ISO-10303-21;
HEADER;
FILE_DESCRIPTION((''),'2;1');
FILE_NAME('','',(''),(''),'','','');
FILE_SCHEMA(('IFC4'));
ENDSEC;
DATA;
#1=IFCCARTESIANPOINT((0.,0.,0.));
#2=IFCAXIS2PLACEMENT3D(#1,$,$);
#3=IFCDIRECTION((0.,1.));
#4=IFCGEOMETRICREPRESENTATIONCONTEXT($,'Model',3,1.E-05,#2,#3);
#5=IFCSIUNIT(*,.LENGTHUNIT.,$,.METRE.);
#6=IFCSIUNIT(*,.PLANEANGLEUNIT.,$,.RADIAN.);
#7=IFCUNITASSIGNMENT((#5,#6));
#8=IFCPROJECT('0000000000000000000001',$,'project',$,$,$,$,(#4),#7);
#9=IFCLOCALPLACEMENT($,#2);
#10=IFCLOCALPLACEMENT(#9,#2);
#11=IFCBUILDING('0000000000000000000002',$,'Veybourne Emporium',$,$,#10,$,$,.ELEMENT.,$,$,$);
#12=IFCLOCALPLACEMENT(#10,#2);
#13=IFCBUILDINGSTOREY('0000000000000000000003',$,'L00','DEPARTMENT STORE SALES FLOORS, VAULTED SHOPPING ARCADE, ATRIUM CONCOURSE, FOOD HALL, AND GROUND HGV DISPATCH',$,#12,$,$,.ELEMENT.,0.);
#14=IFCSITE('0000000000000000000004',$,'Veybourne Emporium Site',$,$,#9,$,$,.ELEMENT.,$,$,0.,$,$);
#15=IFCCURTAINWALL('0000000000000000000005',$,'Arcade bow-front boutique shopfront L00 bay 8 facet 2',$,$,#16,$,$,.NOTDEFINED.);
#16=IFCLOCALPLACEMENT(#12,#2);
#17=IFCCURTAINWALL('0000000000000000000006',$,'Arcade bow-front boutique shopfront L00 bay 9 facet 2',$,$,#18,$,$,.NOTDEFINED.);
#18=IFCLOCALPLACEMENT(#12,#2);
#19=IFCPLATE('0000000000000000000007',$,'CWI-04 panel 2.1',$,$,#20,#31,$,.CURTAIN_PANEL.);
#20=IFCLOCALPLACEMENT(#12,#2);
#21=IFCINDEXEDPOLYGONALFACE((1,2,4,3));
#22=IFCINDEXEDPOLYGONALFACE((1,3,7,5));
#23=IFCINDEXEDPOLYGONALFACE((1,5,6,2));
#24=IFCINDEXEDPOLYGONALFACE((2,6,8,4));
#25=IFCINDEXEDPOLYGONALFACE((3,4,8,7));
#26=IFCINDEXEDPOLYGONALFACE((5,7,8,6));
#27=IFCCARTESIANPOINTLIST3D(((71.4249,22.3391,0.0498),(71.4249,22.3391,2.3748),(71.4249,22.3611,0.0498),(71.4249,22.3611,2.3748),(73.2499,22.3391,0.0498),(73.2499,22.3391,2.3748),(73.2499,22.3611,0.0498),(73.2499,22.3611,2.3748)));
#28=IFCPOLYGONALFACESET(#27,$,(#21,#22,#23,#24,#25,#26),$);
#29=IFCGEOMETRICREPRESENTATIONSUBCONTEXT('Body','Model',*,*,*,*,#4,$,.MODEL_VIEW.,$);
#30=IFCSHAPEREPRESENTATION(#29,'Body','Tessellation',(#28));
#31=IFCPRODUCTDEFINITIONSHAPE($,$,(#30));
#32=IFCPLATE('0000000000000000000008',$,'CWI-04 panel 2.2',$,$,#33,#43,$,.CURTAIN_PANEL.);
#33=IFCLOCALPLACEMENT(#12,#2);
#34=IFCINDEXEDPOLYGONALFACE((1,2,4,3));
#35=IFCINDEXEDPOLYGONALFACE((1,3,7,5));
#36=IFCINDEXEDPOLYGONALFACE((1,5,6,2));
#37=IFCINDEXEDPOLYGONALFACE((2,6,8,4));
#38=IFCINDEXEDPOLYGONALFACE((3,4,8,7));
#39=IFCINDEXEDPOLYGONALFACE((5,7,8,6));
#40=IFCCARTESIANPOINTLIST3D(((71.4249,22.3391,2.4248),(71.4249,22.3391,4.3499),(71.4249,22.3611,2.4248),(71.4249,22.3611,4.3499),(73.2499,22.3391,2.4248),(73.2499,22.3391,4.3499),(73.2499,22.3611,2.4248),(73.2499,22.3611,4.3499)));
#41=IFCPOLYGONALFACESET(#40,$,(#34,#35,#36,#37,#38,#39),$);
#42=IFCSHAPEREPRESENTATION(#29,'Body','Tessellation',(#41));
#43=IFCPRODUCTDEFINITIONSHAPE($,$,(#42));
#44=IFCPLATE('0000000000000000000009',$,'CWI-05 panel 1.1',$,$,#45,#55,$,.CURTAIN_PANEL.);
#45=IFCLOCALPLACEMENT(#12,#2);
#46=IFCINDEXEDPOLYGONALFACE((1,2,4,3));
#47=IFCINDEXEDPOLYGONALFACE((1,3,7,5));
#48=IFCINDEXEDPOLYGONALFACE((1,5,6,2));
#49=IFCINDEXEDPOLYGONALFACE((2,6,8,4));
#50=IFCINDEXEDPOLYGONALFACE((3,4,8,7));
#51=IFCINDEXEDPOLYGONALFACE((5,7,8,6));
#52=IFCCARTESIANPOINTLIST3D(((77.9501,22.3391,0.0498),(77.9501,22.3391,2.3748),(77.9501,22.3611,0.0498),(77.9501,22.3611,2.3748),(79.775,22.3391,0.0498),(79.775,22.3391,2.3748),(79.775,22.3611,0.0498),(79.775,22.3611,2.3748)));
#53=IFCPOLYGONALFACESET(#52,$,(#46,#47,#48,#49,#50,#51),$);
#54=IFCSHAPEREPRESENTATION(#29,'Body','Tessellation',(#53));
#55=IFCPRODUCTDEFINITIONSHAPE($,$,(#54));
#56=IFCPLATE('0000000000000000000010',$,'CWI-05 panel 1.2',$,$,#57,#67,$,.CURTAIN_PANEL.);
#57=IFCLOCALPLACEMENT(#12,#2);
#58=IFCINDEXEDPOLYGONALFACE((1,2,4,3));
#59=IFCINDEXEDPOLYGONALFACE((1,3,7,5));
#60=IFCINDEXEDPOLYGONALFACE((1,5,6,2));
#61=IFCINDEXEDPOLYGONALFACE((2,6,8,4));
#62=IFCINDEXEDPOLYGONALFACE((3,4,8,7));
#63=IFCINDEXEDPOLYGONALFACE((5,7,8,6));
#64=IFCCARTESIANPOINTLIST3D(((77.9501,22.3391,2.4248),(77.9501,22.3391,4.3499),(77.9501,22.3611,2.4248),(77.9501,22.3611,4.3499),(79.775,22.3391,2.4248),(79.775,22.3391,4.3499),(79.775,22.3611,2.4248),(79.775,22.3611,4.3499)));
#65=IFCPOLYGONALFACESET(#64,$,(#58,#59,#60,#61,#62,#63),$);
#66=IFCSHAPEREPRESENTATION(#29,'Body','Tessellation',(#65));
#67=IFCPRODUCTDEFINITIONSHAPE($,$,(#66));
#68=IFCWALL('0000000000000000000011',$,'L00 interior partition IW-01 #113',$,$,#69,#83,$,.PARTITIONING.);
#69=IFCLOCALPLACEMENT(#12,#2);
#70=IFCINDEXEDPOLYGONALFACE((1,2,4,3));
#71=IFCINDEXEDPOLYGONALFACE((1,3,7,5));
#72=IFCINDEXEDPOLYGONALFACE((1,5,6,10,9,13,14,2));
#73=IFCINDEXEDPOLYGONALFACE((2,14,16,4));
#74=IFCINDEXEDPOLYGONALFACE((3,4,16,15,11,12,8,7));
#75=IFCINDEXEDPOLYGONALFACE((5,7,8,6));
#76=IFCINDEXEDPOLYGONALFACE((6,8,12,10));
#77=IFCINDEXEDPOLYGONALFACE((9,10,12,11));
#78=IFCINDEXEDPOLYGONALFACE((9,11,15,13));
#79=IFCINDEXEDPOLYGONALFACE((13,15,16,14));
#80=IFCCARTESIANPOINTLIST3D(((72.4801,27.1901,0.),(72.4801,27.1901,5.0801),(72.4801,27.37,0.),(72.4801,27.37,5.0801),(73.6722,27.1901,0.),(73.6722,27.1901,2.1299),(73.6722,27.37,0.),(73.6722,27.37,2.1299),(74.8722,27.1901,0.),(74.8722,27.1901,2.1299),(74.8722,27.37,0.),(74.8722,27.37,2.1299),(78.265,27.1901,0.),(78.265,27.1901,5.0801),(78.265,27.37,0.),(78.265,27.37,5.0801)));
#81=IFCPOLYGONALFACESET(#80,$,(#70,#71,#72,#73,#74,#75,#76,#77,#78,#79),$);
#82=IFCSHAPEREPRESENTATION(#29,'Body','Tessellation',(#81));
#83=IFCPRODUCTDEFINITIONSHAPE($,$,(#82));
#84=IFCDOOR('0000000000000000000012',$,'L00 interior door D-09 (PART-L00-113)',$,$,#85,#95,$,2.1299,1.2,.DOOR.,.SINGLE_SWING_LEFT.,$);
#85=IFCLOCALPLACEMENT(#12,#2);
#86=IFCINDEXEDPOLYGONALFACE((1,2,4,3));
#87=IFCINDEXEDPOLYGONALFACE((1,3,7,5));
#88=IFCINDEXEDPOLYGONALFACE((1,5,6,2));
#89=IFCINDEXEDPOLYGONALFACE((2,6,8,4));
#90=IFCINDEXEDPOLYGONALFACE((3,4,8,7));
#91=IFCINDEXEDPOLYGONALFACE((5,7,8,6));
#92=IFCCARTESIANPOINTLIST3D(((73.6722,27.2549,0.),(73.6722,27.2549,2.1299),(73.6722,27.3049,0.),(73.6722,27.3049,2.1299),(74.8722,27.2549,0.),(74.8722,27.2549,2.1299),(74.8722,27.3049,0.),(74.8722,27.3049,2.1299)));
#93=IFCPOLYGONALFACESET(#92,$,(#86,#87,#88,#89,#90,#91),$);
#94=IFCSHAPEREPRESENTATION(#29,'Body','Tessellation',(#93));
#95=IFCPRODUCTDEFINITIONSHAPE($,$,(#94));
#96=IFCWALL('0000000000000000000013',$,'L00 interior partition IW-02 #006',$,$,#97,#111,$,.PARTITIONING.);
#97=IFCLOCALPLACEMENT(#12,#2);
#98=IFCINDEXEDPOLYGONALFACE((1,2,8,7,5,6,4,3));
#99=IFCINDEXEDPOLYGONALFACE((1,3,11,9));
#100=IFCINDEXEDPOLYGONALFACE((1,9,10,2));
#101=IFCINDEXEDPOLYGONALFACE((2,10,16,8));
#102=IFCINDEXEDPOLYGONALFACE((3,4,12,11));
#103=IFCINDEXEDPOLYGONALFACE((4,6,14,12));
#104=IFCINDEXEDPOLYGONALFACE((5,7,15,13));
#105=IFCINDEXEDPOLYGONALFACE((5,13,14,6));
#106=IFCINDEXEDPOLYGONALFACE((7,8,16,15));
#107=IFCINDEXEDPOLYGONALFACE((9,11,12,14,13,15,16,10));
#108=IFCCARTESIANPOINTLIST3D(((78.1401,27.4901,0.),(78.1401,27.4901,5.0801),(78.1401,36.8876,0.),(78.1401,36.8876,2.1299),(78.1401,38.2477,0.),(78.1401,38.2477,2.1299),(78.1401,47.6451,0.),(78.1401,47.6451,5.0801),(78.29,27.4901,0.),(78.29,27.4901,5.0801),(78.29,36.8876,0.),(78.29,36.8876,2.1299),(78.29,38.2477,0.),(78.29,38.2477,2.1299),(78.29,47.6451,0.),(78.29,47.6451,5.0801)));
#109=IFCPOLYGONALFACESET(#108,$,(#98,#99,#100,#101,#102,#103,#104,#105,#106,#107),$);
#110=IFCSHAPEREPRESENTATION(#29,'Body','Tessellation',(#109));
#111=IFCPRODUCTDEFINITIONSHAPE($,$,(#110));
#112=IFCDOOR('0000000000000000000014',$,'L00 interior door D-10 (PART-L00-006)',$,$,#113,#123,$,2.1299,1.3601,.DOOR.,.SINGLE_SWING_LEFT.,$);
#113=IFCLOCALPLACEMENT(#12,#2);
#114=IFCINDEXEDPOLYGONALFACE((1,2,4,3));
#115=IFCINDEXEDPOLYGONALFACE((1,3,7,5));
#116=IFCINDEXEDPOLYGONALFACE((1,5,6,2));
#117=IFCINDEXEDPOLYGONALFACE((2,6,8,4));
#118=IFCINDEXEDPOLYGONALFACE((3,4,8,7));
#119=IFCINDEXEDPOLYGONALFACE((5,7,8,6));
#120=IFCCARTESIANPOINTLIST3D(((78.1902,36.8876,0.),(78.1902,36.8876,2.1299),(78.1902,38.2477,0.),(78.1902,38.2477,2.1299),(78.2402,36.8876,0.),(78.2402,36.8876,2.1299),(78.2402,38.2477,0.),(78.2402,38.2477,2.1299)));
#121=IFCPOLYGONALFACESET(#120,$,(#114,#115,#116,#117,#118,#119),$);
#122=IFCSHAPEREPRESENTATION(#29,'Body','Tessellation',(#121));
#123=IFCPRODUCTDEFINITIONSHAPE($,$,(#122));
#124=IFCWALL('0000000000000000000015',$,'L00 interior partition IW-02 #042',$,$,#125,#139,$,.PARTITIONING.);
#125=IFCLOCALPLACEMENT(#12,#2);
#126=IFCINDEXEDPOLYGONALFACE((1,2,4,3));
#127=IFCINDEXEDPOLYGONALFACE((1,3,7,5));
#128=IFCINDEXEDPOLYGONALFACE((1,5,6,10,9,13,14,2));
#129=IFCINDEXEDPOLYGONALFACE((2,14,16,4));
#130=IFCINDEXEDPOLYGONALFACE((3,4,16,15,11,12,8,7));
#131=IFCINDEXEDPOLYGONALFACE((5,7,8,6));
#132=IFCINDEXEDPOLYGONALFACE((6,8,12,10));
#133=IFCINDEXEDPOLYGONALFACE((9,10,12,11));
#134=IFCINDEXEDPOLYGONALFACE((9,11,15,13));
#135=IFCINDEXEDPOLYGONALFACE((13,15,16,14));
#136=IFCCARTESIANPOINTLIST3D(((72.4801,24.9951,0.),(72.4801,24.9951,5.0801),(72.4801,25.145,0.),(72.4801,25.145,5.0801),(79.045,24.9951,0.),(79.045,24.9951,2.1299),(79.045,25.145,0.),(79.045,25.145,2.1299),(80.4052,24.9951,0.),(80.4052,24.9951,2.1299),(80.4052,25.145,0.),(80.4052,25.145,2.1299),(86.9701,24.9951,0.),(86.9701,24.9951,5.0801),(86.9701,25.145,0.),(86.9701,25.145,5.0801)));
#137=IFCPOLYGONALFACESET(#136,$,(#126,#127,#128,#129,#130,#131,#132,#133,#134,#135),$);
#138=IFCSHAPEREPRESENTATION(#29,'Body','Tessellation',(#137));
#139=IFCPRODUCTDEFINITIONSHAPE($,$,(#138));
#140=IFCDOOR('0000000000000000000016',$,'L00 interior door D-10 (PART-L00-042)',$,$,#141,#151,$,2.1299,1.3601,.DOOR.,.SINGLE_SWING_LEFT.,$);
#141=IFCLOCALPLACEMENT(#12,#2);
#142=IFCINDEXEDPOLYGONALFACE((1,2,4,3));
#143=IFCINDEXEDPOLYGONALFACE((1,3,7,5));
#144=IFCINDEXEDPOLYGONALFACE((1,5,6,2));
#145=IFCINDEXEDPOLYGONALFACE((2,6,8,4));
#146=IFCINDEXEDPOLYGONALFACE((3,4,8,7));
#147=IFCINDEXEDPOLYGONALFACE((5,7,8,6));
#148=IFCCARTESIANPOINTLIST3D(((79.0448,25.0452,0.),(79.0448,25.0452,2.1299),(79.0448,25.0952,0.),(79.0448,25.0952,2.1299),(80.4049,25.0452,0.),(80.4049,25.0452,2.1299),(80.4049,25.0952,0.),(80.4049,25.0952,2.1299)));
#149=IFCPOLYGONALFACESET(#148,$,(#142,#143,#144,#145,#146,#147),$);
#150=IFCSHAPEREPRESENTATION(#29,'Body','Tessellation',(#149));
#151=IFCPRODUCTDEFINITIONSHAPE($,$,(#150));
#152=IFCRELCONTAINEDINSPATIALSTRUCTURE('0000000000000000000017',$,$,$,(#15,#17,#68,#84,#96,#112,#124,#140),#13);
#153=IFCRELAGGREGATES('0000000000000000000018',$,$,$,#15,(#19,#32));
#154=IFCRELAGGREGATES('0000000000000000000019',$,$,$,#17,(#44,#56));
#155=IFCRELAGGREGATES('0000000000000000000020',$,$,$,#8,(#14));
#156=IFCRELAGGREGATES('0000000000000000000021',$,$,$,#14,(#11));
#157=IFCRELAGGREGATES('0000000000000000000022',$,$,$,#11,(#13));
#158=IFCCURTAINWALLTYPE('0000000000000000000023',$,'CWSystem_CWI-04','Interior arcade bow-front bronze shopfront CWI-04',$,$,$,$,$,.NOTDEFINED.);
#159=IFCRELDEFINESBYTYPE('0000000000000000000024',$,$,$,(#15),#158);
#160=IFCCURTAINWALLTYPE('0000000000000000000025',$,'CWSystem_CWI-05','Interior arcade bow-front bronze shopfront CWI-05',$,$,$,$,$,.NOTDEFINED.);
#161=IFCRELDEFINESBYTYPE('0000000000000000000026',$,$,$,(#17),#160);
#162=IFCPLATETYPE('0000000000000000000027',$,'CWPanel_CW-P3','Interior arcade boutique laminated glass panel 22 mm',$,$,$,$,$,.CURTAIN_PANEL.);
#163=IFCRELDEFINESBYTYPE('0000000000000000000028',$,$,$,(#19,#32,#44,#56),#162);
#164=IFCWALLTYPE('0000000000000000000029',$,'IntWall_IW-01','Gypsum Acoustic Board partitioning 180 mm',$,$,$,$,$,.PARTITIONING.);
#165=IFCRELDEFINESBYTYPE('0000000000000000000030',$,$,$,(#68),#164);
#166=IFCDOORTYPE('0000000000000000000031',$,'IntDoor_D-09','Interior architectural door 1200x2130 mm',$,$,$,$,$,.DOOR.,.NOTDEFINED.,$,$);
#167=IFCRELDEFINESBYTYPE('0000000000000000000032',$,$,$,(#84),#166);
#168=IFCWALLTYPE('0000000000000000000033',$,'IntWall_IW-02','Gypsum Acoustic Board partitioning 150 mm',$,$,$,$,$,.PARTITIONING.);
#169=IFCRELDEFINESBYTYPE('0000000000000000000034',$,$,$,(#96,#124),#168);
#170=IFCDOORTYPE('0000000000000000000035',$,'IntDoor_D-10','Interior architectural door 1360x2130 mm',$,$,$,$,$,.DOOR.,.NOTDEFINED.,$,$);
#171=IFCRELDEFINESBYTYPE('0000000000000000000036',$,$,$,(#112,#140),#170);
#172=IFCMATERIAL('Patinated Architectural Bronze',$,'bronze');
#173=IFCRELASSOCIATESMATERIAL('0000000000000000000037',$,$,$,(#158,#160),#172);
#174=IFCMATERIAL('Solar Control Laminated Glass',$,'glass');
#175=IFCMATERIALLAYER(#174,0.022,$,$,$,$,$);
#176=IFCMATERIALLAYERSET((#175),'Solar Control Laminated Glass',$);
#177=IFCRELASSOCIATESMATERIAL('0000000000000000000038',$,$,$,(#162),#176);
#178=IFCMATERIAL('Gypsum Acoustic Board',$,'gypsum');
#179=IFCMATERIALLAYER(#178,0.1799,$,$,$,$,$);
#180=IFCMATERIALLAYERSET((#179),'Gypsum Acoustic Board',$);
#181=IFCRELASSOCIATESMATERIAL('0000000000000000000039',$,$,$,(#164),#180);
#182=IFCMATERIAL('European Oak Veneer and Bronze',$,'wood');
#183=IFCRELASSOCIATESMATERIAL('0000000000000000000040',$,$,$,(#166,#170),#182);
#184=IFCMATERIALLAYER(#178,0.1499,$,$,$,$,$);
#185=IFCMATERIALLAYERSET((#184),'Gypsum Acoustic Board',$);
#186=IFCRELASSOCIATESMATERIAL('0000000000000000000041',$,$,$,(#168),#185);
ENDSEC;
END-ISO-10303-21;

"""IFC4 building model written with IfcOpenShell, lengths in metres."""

from ifc_helpers import new_model, si_unit, direction, frame, frame_2d, origin, origin_2d, place, context, subcontext, project, spatial, rectangle, extrude, material, layer, layer_set, type_object, element, fill, aggregate, save


model = new_model("IFC4")

# Units and contexts
model_context = context("Model", 3, precision=1e-05, world=origin(), true_north=direction((0.0, 1.0)))
body_context = subcontext(model_context, "Body", "Model", "MODEL_VIEW")
ifc_project = project(units=[si_unit("LENGTHUNIT", "METRE"), si_unit("PLANEANGLEUNIT", "RADIAN")], contexts=[model_context])

# Site, building, storey
site_placement = place(None, origin())
site = spatial("IfcSite", under=ifc_project, at=site_placement, Name="Veybourne Emporium Site", CompositionType="ELEMENT", RefElevation=0.0)
building_placement = place(site_placement, origin())
building = spatial("IfcBuilding", under=site, at=building_placement, Name="Veybourne Emporium", CompositionType="ELEMENT")
storey_placement = place(building_placement, origin())
storey = spatial("IfcBuildingStorey", under=building, at=storey_placement, Name="L00", Description="DEPARTMENT STORE SALES FLOORS, VAULTED SHOPPING ARCADE, ATRIUM CONCOURSE, FOOD HALL, AND GROUND HGV DISPATCH", CompositionType="ELEMENT", Elevation=0.0)

# Curtain walls
ifc_material_1 = material(Name="Patinated Architectural Bronze", Category="bronze")
curtain_wall_type_1 = type_object("IfcCurtainWallType", Name="CWSystem_CWI-04", Description="Interior arcade bow-front bronze shopfront CWI-04", PredefinedType="NOTDEFINED", material=ifc_material_1)
curtain_wall_1_placement = place(storey_placement, origin())
curtain_wall_1 = element("IfcCurtainWall", 1, at=curtain_wall_1_placement, inside=storey, type_object=curtain_wall_type_1, Name="Arcade bow-front boutique shopfront L00 bay 8 facet 2", PredefinedType="NOTDEFINED")
curtain_wall_type_2 = type_object("IfcCurtainWallType", Name="CWSystem_CWI-05", Description="Interior arcade bow-front bronze shopfront CWI-05", PredefinedType="NOTDEFINED", material=ifc_material_1)
curtain_wall_2_placement = place(storey_placement, origin())
curtain_wall_2 = element("IfcCurtainWall", 2, at=curtain_wall_2_placement, inside=storey, type_object=curtain_wall_type_2, Name="Arcade bow-front boutique shopfront L00 bay 9 facet 2", PredefinedType="NOTDEFINED")

# Plates
ifc_material_2 = material(Name="Solar Control Laminated Glass", Category="glass")
ifc_layer_1 = layer(ifc_material_2, 0.022)
ifc_layer_set_1 = layer_set([ifc_layer_1], Name="Solar Control Laminated Glass")
plate_type = type_object("IfcPlateType", Name="CWPanel_CW-P3", Description="Interior arcade boutique laminated glass panel 22 mm", PredefinedType="CURTAIN_PANEL", material=ifc_layer_set_1)
plate_1_placement = place(storey_placement, frame((72.3374, 22.3501, 0.0498), z_axis=(0.0, 0.0, 1.0), x_axis=(1.0, 0.0, 0.0)))
plate_1 = element("IfcPlate", 3, at=plate_1_placement, type_object=plate_type, Name="CWI-04 panel 2.1", PredefinedType="CURTAIN_PANEL", context=body_context, shape_type="SweptSolid", body=[
    extrude(rectangle(XDim=1.825, YDim=0.022, at=origin_2d()), origin(), (0.0, 0.0, 1.0), 2.325),
])
plate_2_placement = place(storey_placement, frame((72.3374, 22.3501, 2.4248), z_axis=(0.0, 0.0, 1.0), x_axis=(1.0, 0.0, 0.0)))
plate_2 = element("IfcPlate", 4, at=plate_2_placement, type_object=plate_type, Name="CWI-04 panel 2.2", PredefinedType="CURTAIN_PANEL", context=body_context, shape_type="SweptSolid", body=[
    extrude(rectangle(XDim=1.825, YDim=0.022, at=origin_2d()), origin(), (0.0, 0.0, 1.0), 1.925),
])
aggregate(curtain_wall_1, [plate_1, plate_2])
plate_3_placement = place(storey_placement, frame((78.8625, 22.3501, 0.0498), z_axis=(0.0, 0.0, 1.0), x_axis=(1.0, 0.0, 0.0)))
plate_3 = element("IfcPlate", 5, at=plate_3_placement, type_object=plate_type, Name="CWI-05 panel 1.1", PredefinedType="CURTAIN_PANEL", context=body_context, shape_type="SweptSolid", body=[
    extrude(rectangle(XDim=1.825, YDim=0.022, at=origin_2d()), origin(), (0.0, 0.0, 1.0), 2.325),
])
plate_4_placement = place(storey_placement, frame((78.8625, 22.3501, 2.4248), z_axis=(0.0, 0.0, 1.0), x_axis=(1.0, 0.0, 0.0)))
plate_4 = element("IfcPlate", 6, at=plate_4_placement, type_object=plate_type, Name="CWI-05 panel 1.2", PredefinedType="CURTAIN_PANEL", context=body_context, shape_type="SweptSolid", body=[
    extrude(rectangle(XDim=1.825, YDim=0.022, at=origin_2d()), origin(), (0.0, 0.0, 1.0), 1.925),
])
aggregate(curtain_wall_2, [plate_3, plate_4])

# Walls, openings, doors
ifc_material_3 = material(Name="Gypsum Acoustic Board", Category="gypsum")
ifc_layer_2 = layer(ifc_material_3, 0.1799)
ifc_layer_set_2 = layer_set([ifc_layer_2], Name="Gypsum Acoustic Board")
wall_type_1 = type_object("IfcWallType", Name="IntWall_IW-01", Description="Gypsum Acoustic Board partitioning 180 mm", PredefinedType="PARTITIONING", material=ifc_layer_set_2)
wall_1_placement = place(storey_placement, frame((72.48, 27.28, 0.0), z_axis=(0.0, 0.0, 1.0), x_axis=(1.0, 0.0, 0.0)))
wall_1 = element("IfcWall", 7, at=wall_1_placement, inside=storey, type_object=wall_type_1, Name="L00 interior partition IW-01 #113", PredefinedType="PARTITIONING", context=body_context, shape_type="SweptSolid", body=[
    extrude(rectangle(XDim=5.7849, YDim=0.1799, at=frame_2d((2.8926, 0.0))), origin(), (0.0, 0.0, 1.0), 5.0801),
])
opening_1_placement = place(wall_1_placement, frame((1.1921, 0.0, 0.0)))
opening_1 = element("IfcOpeningElement", 8, at=opening_1_placement, cuts=wall_1, PredefinedType="OPENING", context=body_context, shape_type="SweptSolid", body=[
    extrude(rectangle(XDim=1.2, YDim=2.1299, at=frame_2d((0.6001, 1.0649))), frame((0.0, 0.1099, 0.0), z_axis=(0.0, -1.0, 0.0), x_axis=(1.0, 0.0, 0.0)), (0.0, 0.0, 1.0), 0.22),
])
ifc_material_4 = material(Name="European Oak Veneer and Bronze", Category="wood")
door_type_1 = type_object("IfcDoorType", Name="IntDoor_D-09", Description="Interior architectural door 1200x2130 mm", OperationType="NOTDEFINED", PredefinedType="DOOR", material=ifc_material_4)
door_1_placement = place(opening_1_placement, origin())
door_1 = element("IfcDoor", 9, at=door_1_placement, inside=storey, type_object=door_type_1, Name="L00 interior door D-09 (PART-L00-113)", OperationType="SINGLE_SWING_LEFT", OverallHeight=2.1299, OverallWidth=1.2, PredefinedType="DOOR", context=body_context, shape_type="SweptSolid", body=[
    extrude(rectangle(XDim=1.2, YDim=2.1299, at=frame_2d((0.6001, 1.0649))), frame((0.0, 0.0249, 0.0), z_axis=(0.0, -1.0, 0.0), x_axis=(1.0, 0.0, 0.0)), (0.0, 0.0, 1.0), 0.05),
])
fill(opening_1, door_1)
ifc_layer_3 = layer(ifc_material_3, 0.1499)
ifc_layer_set_3 = layer_set([ifc_layer_3], Name="Gypsum Acoustic Board")
wall_type_2 = type_object("IfcWallType", Name="IntWall_IW-02", Description="Gypsum Acoustic Board partitioning 150 mm", PredefinedType="PARTITIONING", material=ifc_layer_set_3)
wall_2_placement = place(storey_placement, frame((78.2151, 27.49, 0.0), z_axis=(0.0, 0.0, 1.0), x_axis=(0.0, 1.0, 0.0)))
wall_2 = element("IfcWall", 10, at=wall_2_placement, inside=storey, type_object=wall_type_2, Name="L00 interior partition IW-02 #006", PredefinedType="PARTITIONING", context=body_context, shape_type="SweptSolid", body=[
    extrude(rectangle(XDim=20.155, YDim=0.1499, at=frame_2d((10.0776, 0.0))), origin(), (0.0, 0.0, 1.0), 5.0801),
])
opening_2_placement = place(wall_2_placement, frame((9.3975, 0.0, 0.0)))
opening_2 = element("IfcOpeningElement", 11, at=opening_2_placement, cuts=wall_2, PredefinedType="OPENING", context=body_context, shape_type="SweptSolid", body=[
    extrude(rectangle(XDim=1.3601, YDim=2.1299, at=frame_2d((0.6802, 1.0649))), frame((0.0, 0.095, 0.0), z_axis=(0.0, -1.0, 0.0), x_axis=(1.0, 0.0, 0.0)), (0.0, 0.0, 1.0), 0.1899),
])
door_type_2 = type_object("IfcDoorType", Name="IntDoor_D-10", Description="Interior architectural door 1360x2130 mm", OperationType="NOTDEFINED", PredefinedType="DOOR", material=ifc_material_4)
door_2_placement = place(opening_2_placement, origin())
door_2 = element("IfcDoor", 12, at=door_2_placement, inside=storey, type_object=door_type_2, Name="L00 interior door D-10 (PART-L00-006)", OperationType="SINGLE_SWING_LEFT", OverallHeight=2.1299, OverallWidth=1.3601, PredefinedType="DOOR", context=body_context, shape_type="SweptSolid", body=[
    extrude(rectangle(XDim=1.3601, YDim=2.1299, at=frame_2d((0.6802, 1.0649))), frame((0.0, 0.0249, 0.0), z_axis=(0.0, -1.0, 0.0), x_axis=(1.0, 0.0, 0.0)), (0.0, 0.0, 1.0), 0.05),
])
fill(opening_2, door_2)
wall_3_placement = place(storey_placement, frame((72.48, 25.0701, 0.0), z_axis=(0.0, 0.0, 1.0), x_axis=(1.0, 0.0, 0.0)))
wall_3 = element("IfcWall", 13, at=wall_3_placement, inside=storey, type_object=wall_type_2, Name="L00 interior partition IW-02 #042", PredefinedType="PARTITIONING", context=body_context, shape_type="SweptSolid", body=[
    extrude(rectangle(XDim=14.49, YDim=0.1499, at=frame_2d((7.2451, 0.0))), origin(), (0.0, 0.0, 1.0), 5.0801),
])
opening_3_placement = place(wall_3_placement, frame((6.5649, 0.0, 0.0)))
opening_3 = element("IfcOpeningElement", 14, at=opening_3_placement, cuts=wall_3, PredefinedType="OPENING", context=body_context, shape_type="SweptSolid", body=[
    extrude(rectangle(XDim=1.3601, YDim=2.1299, at=frame_2d((0.6802, 1.0649))), frame((0.0, 0.095, 0.0), z_axis=(0.0, -1.0, 0.0), x_axis=(1.0, 0.0, 0.0)), (0.0, 0.0, 1.0), 0.1899),
])
door_3_placement = place(opening_3_placement, frame((1.3601, 0.0, 0.0), z_axis=(0.0, 0.0, 1.0), x_axis=(-1.0, 0.0, 0.0)))
door_3 = element("IfcDoor", 15, at=door_3_placement, inside=storey, type_object=door_type_2, Name="L00 interior door D-10 (PART-L00-042)", OperationType="SINGLE_SWING_LEFT", OverallHeight=2.1299, OverallWidth=1.3601, PredefinedType="DOOR", context=body_context, shape_type="SweptSolid", body=[
    extrude(rectangle(XDim=1.3601, YDim=2.1299, at=frame_2d((0.6802, 1.0649))), frame((0.0, 0.0249, 0.0), z_axis=(0.0, -1.0, 0.0), x_axis=(1.0, 0.0, 0.0)), (0.0, 0.0, 1.0), 0.05),
])
fill(opening_3, door_3)

save(model, "model.ifc")
